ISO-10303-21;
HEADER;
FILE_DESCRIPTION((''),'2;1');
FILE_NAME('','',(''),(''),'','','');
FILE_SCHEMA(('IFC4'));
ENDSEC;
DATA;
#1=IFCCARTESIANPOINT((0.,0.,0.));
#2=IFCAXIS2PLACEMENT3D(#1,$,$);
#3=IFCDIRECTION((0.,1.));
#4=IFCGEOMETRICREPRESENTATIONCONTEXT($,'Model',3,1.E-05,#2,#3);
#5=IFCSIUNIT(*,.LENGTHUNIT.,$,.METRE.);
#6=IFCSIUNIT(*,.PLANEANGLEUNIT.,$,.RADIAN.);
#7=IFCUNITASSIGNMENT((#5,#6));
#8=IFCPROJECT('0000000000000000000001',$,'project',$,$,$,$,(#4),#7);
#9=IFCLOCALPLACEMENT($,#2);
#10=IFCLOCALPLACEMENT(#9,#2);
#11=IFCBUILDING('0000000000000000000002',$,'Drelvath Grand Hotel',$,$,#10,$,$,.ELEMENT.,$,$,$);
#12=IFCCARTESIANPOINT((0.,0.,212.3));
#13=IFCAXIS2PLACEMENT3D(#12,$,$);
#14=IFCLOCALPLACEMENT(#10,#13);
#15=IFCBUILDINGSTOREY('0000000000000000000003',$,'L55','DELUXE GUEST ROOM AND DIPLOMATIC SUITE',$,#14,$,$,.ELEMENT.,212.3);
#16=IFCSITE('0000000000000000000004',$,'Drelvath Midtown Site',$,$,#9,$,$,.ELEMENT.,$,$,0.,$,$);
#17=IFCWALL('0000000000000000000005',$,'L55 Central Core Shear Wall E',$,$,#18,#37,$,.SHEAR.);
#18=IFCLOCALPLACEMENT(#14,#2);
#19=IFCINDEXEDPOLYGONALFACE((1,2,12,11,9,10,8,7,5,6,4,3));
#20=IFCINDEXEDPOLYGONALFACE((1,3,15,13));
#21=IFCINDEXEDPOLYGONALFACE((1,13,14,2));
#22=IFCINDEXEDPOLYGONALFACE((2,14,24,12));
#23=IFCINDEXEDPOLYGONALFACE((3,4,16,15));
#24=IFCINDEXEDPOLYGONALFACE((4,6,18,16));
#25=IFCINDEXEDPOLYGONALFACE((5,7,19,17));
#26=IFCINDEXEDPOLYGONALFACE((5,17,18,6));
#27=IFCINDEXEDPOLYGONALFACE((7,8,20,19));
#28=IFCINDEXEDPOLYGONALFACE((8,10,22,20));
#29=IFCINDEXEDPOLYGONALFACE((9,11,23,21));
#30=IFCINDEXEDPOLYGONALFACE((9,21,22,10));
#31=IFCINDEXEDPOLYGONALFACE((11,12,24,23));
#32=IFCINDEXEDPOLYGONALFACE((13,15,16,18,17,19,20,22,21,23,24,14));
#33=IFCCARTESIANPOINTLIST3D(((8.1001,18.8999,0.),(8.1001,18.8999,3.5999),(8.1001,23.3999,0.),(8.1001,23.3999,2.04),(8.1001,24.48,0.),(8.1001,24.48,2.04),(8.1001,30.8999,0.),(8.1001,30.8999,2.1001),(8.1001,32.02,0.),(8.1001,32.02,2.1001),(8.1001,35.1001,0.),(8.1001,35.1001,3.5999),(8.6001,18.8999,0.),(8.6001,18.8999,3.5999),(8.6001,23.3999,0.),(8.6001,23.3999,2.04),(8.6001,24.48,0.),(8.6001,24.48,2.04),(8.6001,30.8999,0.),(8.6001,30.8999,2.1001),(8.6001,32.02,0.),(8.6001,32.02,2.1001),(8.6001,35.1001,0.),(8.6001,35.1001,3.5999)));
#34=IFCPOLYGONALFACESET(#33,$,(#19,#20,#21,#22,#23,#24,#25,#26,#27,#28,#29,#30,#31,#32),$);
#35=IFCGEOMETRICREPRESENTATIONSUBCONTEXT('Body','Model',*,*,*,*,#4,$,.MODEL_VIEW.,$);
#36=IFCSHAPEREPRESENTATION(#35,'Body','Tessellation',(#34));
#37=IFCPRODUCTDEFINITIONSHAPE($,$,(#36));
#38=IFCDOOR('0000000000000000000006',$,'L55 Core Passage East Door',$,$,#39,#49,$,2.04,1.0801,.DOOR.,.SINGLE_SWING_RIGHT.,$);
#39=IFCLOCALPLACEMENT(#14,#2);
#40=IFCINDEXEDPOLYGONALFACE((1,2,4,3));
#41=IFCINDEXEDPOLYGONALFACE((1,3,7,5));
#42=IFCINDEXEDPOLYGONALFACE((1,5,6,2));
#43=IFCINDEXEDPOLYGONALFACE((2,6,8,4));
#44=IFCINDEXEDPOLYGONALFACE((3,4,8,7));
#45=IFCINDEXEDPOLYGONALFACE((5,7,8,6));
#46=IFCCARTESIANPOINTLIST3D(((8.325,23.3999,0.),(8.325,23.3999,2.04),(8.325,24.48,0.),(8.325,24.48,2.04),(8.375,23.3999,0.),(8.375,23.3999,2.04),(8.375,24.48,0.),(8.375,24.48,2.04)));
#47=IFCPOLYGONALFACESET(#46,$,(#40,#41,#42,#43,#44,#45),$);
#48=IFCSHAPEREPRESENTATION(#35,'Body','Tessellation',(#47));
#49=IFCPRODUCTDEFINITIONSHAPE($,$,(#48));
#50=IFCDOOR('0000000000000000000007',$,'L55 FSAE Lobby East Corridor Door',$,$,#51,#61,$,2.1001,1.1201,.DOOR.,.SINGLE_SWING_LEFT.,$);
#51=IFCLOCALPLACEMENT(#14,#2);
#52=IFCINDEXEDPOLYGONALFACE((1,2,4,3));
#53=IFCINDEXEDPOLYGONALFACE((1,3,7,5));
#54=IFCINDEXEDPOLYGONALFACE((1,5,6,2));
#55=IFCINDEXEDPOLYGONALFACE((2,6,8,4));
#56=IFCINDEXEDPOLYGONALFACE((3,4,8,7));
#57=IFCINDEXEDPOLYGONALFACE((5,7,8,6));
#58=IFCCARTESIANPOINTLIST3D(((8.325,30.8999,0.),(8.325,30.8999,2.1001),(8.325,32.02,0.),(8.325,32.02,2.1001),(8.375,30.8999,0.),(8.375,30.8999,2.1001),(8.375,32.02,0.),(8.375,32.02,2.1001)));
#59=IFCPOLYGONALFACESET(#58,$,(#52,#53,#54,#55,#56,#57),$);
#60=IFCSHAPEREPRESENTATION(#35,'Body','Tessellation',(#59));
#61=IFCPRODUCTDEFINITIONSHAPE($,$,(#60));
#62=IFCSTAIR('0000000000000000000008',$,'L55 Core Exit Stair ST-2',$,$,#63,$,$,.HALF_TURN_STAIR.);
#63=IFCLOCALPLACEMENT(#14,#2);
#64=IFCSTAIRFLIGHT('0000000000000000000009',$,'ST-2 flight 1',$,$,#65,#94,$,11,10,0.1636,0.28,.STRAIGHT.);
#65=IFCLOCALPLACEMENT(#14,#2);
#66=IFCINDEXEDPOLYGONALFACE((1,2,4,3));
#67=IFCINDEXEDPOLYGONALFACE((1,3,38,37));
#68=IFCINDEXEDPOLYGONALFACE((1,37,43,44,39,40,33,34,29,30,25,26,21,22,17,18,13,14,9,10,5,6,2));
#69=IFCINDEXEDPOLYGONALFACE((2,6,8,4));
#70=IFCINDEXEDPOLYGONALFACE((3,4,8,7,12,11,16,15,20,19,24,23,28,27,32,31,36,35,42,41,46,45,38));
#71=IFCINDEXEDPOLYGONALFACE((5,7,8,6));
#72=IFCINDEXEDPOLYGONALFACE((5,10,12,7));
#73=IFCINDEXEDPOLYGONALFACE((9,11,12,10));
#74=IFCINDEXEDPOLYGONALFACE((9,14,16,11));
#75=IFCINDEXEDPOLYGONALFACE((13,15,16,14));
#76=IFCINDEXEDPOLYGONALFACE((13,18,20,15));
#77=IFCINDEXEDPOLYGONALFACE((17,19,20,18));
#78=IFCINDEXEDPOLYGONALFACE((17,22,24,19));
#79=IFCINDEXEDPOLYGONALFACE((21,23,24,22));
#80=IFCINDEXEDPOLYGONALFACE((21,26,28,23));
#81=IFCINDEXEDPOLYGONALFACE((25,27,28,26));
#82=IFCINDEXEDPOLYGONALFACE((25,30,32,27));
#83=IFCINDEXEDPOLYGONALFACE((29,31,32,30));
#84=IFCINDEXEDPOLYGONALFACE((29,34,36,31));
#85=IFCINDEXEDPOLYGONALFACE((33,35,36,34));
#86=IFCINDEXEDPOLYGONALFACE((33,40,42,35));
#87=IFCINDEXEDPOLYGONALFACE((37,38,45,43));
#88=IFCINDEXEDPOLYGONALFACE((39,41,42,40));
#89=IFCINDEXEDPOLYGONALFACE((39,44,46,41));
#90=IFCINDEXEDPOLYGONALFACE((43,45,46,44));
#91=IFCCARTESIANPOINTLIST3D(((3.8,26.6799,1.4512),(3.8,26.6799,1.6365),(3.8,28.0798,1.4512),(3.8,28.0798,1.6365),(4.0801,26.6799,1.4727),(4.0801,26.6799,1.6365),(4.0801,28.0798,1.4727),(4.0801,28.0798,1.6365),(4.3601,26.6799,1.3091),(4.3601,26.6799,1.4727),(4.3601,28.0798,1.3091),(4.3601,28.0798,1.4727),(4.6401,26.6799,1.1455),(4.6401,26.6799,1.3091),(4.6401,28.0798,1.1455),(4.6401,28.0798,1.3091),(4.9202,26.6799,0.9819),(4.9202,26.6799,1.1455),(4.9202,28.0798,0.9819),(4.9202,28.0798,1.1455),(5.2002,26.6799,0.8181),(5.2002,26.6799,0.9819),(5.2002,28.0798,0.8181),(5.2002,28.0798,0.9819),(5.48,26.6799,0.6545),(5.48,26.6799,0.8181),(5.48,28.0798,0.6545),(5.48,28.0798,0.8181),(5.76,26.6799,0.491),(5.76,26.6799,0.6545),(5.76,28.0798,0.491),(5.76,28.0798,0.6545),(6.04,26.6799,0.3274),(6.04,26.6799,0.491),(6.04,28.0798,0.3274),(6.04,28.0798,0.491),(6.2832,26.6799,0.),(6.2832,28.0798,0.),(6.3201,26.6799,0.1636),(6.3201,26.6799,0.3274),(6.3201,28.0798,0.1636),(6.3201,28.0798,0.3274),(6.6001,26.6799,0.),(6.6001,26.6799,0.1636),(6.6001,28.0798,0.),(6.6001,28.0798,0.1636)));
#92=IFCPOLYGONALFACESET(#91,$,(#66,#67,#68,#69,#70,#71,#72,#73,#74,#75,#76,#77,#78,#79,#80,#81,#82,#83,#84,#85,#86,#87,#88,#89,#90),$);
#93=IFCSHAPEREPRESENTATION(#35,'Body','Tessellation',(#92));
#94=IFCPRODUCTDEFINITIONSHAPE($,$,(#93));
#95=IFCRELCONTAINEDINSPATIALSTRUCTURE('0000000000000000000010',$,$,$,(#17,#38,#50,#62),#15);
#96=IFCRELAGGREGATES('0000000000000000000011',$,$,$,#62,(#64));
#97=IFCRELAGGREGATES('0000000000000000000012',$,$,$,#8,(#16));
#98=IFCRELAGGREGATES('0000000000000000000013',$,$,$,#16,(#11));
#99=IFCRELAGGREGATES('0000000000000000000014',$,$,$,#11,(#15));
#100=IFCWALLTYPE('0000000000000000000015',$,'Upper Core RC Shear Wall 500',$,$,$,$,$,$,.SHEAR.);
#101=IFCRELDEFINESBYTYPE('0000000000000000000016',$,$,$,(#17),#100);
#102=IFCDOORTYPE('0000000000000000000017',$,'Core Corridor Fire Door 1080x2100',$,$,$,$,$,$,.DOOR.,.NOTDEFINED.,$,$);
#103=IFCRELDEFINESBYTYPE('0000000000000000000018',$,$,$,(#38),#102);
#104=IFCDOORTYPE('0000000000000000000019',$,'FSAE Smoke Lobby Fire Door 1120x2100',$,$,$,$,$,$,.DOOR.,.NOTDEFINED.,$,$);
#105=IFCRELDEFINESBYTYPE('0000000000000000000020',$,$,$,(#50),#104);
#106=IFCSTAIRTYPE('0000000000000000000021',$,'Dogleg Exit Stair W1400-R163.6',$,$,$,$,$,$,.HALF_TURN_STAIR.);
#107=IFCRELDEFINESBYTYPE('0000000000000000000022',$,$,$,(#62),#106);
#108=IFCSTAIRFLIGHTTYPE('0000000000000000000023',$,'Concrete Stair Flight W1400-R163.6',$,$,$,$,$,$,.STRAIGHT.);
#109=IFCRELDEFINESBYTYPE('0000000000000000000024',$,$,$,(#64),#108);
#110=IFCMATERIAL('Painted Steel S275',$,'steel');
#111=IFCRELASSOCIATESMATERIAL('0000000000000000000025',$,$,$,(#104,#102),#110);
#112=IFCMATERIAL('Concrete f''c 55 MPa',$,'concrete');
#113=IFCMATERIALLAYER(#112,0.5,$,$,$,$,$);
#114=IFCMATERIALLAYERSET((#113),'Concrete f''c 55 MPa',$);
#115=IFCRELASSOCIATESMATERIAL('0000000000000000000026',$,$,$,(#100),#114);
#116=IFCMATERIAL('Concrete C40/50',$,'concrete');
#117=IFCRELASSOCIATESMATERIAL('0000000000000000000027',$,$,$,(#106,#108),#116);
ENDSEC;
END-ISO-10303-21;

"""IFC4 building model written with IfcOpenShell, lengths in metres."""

from ifc_helpers import new_model, si_unit, direction, frame, frame_2d, origin, place, context, subcontext, project, spatial, polyline, rectangle, outline, extrude, material, layer, layer_set, type_object, element, fill, aggregate, save


model = new_model("IFC4")

# Units and contexts
model_context = context("Model", 3, precision=1e-05, world=origin(), true_north=direction((0.0, 1.0)))
body_context = subcontext(model_context, "Body", "Model", "MODEL_VIEW")
ifc_project = project(units=[si_unit("LENGTHUNIT", "METRE"), si_unit("PLANEANGLEUNIT", "RADIAN")], contexts=[model_context])

# Site, building, storey
site_placement = place(None, origin())
site = spatial("IfcSite", under=ifc_project, at=site_placement, Name="Drelvath Midtown Site", CompositionType="ELEMENT", RefElevation=0.0)
building_placement = place(site_placement, origin())
building = spatial("IfcBuilding", under=site, at=building_placement, Name="Drelvath Grand Hotel", CompositionType="ELEMENT")
storey_placement = place(building_placement, frame((0.0, 0.0, 212.3)))
storey = spatial("IfcBuildingStorey", under=building, at=storey_placement, Name="L55", Description="DELUXE GUEST ROOM AND DIPLOMATIC SUITE", CompositionType="ELEMENT", Elevation=212.3)

# Shared definitions
ifc_material_1 = material(Name="Concrete f'c 55 MPa", Category="concrete")

# Shared definitions
ifc_material_2 = material(Name="Concrete C40/50", Category="concrete")

# Shared definitions
ifc_material_3 = material(Name="Painted Steel S275", Category="steel")

# Shared definitions
door_type_1 = type_object("IfcDoorType", Name="FSAE Smoke Lobby Fire Door 1120x2100", OperationType="NOTDEFINED", PredefinedType="DOOR", material=ifc_material_3)

# Wall, openings, doors
ifc_layer_1 = layer(ifc_material_1, 0.5)
ifc_layer_set_1 = layer_set([ifc_layer_1], Name="Concrete f'c 55 MPa")
wall_type_1 = type_object("IfcWallType", Name="Upper Core RC Shear Wall 500", PredefinedType="SHEAR", material=ifc_layer_set_1)
wall_1_placement = place(storey_placement, frame((8.3501, 35.1001, 0.0), z_axis=(0.0, 0.0, 1.0), x_axis=(0.0, -1.0, 0.0)))
wall_1 = element("IfcWall", 1, at=wall_1_placement, inside=storey, type_object=wall_type_1, Name="L55 Central Core Shear Wall E", PredefinedType="SHEAR", context=body_context, shape_type="SweptSolid", body=[
    extrude(rectangle(XDim=16.2002, YDim=0.5, at=frame_2d((8.1001, 0.0))), origin(), (0.0, 0.0, 1.0), 3.5999),
])
opening_1_placement = place(wall_1_placement, frame((3.0801, 0.0, 0.0)))
opening_1 = element("IfcOpeningElement", 2, at=opening_1_placement, cuts=wall_1, PredefinedType="OPENING", context=body_context, shape_type="SweptSolid", body=[
    extrude(rectangle(XDim=1.1201, YDim=2.1001, at=frame_2d((0.5601, 1.05))), frame((0.0, 0.26, 0.0), z_axis=(0.0, -1.0, 0.0), x_axis=(1.0, 0.0, 0.0)), (0.0, 0.0, 1.0), 0.52),
])
opening_2_placement = place(wall_1_placement, frame((10.6201, 0.0, 0.0)))
opening_2 = element("IfcOpeningElement", 3, at=opening_2_placement, cuts=wall_1, PredefinedType="OPENING", context=body_context, shape_type="SweptSolid", body=[
    extrude(rectangle(XDim=1.0801, YDim=2.04, at=frame_2d((0.54, 1.02))), frame((0.0, 0.26, 0.0), z_axis=(0.0, -1.0, 0.0), x_axis=(1.0, 0.0, 0.0)), (0.0, 0.0, 1.0), 0.52),
])
door_type_2 = type_object("IfcDoorType", Name="Core Corridor Fire Door 1080x2100", OperationType="NOTDEFINED", PredefinedType="DOOR", material=ifc_material_3)
door_1_placement = place(opening_2_placement, origin())
door_1 = element("IfcDoor", 4, at=door_1_placement, inside=storey, type_object=door_type_2, Name="L55 Core Passage East Door", OperationType="SINGLE_SWING_RIGHT", OverallHeight=2.04, OverallWidth=1.0801, PredefinedType="DOOR", context=body_context, shape_type="SweptSolid", body=[
    extrude(rectangle(XDim=1.0801, YDim=2.04, at=frame_2d((0.54, 1.02))), frame((0.0, 0.0249, 0.0), z_axis=(0.0, -1.0, 0.0), x_axis=(1.0, 0.0, 0.0)), (0.0, 0.0, 1.0), 0.05),
])
fill(opening_2, door_1)
door_2_placement = place(opening_1_placement, origin())
door_2 = element("IfcDoor", 5, at=door_2_placement, inside=storey, type_object=door_type_1, Name="L55 FSAE Lobby East Corridor Door", OperationType="SINGLE_SWING_LEFT", OverallHeight=2.1001, OverallWidth=1.1201, PredefinedType="DOOR", context=body_context, shape_type="SweptSolid", body=[
    extrude(rectangle(XDim=1.1201, YDim=2.1001, at=frame_2d((0.5601, 1.05))), frame((0.0, 0.0249, 0.0), z_axis=(0.0, -1.0, 0.0), x_axis=(1.0, 0.0, 0.0)), (0.0, 0.0, 1.0), 0.05),
])
fill(opening_1, door_2)

# Stair, stair flight
stair_type = type_object("IfcStairType", Name="Dogleg Exit Stair W1400-R163.6", PredefinedType="HALF_TURN_STAIR", material=ifc_material_2)
stair_placement = place(storey_placement, origin())
stair = element("IfcStair", 6, at=stair_placement, inside=storey, type_object=stair_type, Name="L55 Core Exit Stair ST-2", PredefinedType="HALF_TURN_STAIR")
stair_flight_type = type_object("IfcStairFlightType", Name="Concrete Stair Flight W1400-R163.6", PredefinedType="STRAIGHT", material=ifc_material_2)
stair_flight_placement = place(storey_placement, frame((6.6001, 27.3799, 0.0), z_axis=(0.0, 0.0, 1.0), x_axis=(-1.0, 0.0, 0.0)))
stair_flight = element("IfcStairFlight", 7, at=stair_flight_placement, type_object=stair_flight_type, Name="ST-2 flight 1", NumberOfRisers=11, NumberOfTreads=10, PredefinedType="STRAIGHT", RiserHeight=0.1636, TreadLength=0.28, context=body_context, shape_type="SweptSolid", body=[
    extrude(outline(polyline([(0.0, 0.0), (0.0, 0.1636), (0.28, 0.1636), (0.28, 0.3274), (0.5601, 0.3274), (0.5601, 0.491), (0.8401, 0.491), (0.8401, 0.6545), (1.1201, 0.6545), (1.1201, 0.8181), (1.3999, 0.8181), (1.3999, 0.9819), (1.6799, 0.9819), (1.6799, 1.1455), (1.96, 1.1455), (1.96, 1.3091), (2.24, 1.3091), (2.24, 1.4727), (2.52, 1.4727), (2.52, 1.6365), (2.8, 1.6365), (2.8, 1.8), (2.8, 1.4512), (0.3169, 0.0), (0.0, 0.0)])), frame((0.0, 0.7, 0.0), z_axis=(0.0, -1.0, 0.0), x_axis=(1.0, 0.0, 0.0)), (0.0, 0.0, 1.0), 1.3999),
])
aggregate(stair, [stair_flight])

save(model, "model.ifc")
